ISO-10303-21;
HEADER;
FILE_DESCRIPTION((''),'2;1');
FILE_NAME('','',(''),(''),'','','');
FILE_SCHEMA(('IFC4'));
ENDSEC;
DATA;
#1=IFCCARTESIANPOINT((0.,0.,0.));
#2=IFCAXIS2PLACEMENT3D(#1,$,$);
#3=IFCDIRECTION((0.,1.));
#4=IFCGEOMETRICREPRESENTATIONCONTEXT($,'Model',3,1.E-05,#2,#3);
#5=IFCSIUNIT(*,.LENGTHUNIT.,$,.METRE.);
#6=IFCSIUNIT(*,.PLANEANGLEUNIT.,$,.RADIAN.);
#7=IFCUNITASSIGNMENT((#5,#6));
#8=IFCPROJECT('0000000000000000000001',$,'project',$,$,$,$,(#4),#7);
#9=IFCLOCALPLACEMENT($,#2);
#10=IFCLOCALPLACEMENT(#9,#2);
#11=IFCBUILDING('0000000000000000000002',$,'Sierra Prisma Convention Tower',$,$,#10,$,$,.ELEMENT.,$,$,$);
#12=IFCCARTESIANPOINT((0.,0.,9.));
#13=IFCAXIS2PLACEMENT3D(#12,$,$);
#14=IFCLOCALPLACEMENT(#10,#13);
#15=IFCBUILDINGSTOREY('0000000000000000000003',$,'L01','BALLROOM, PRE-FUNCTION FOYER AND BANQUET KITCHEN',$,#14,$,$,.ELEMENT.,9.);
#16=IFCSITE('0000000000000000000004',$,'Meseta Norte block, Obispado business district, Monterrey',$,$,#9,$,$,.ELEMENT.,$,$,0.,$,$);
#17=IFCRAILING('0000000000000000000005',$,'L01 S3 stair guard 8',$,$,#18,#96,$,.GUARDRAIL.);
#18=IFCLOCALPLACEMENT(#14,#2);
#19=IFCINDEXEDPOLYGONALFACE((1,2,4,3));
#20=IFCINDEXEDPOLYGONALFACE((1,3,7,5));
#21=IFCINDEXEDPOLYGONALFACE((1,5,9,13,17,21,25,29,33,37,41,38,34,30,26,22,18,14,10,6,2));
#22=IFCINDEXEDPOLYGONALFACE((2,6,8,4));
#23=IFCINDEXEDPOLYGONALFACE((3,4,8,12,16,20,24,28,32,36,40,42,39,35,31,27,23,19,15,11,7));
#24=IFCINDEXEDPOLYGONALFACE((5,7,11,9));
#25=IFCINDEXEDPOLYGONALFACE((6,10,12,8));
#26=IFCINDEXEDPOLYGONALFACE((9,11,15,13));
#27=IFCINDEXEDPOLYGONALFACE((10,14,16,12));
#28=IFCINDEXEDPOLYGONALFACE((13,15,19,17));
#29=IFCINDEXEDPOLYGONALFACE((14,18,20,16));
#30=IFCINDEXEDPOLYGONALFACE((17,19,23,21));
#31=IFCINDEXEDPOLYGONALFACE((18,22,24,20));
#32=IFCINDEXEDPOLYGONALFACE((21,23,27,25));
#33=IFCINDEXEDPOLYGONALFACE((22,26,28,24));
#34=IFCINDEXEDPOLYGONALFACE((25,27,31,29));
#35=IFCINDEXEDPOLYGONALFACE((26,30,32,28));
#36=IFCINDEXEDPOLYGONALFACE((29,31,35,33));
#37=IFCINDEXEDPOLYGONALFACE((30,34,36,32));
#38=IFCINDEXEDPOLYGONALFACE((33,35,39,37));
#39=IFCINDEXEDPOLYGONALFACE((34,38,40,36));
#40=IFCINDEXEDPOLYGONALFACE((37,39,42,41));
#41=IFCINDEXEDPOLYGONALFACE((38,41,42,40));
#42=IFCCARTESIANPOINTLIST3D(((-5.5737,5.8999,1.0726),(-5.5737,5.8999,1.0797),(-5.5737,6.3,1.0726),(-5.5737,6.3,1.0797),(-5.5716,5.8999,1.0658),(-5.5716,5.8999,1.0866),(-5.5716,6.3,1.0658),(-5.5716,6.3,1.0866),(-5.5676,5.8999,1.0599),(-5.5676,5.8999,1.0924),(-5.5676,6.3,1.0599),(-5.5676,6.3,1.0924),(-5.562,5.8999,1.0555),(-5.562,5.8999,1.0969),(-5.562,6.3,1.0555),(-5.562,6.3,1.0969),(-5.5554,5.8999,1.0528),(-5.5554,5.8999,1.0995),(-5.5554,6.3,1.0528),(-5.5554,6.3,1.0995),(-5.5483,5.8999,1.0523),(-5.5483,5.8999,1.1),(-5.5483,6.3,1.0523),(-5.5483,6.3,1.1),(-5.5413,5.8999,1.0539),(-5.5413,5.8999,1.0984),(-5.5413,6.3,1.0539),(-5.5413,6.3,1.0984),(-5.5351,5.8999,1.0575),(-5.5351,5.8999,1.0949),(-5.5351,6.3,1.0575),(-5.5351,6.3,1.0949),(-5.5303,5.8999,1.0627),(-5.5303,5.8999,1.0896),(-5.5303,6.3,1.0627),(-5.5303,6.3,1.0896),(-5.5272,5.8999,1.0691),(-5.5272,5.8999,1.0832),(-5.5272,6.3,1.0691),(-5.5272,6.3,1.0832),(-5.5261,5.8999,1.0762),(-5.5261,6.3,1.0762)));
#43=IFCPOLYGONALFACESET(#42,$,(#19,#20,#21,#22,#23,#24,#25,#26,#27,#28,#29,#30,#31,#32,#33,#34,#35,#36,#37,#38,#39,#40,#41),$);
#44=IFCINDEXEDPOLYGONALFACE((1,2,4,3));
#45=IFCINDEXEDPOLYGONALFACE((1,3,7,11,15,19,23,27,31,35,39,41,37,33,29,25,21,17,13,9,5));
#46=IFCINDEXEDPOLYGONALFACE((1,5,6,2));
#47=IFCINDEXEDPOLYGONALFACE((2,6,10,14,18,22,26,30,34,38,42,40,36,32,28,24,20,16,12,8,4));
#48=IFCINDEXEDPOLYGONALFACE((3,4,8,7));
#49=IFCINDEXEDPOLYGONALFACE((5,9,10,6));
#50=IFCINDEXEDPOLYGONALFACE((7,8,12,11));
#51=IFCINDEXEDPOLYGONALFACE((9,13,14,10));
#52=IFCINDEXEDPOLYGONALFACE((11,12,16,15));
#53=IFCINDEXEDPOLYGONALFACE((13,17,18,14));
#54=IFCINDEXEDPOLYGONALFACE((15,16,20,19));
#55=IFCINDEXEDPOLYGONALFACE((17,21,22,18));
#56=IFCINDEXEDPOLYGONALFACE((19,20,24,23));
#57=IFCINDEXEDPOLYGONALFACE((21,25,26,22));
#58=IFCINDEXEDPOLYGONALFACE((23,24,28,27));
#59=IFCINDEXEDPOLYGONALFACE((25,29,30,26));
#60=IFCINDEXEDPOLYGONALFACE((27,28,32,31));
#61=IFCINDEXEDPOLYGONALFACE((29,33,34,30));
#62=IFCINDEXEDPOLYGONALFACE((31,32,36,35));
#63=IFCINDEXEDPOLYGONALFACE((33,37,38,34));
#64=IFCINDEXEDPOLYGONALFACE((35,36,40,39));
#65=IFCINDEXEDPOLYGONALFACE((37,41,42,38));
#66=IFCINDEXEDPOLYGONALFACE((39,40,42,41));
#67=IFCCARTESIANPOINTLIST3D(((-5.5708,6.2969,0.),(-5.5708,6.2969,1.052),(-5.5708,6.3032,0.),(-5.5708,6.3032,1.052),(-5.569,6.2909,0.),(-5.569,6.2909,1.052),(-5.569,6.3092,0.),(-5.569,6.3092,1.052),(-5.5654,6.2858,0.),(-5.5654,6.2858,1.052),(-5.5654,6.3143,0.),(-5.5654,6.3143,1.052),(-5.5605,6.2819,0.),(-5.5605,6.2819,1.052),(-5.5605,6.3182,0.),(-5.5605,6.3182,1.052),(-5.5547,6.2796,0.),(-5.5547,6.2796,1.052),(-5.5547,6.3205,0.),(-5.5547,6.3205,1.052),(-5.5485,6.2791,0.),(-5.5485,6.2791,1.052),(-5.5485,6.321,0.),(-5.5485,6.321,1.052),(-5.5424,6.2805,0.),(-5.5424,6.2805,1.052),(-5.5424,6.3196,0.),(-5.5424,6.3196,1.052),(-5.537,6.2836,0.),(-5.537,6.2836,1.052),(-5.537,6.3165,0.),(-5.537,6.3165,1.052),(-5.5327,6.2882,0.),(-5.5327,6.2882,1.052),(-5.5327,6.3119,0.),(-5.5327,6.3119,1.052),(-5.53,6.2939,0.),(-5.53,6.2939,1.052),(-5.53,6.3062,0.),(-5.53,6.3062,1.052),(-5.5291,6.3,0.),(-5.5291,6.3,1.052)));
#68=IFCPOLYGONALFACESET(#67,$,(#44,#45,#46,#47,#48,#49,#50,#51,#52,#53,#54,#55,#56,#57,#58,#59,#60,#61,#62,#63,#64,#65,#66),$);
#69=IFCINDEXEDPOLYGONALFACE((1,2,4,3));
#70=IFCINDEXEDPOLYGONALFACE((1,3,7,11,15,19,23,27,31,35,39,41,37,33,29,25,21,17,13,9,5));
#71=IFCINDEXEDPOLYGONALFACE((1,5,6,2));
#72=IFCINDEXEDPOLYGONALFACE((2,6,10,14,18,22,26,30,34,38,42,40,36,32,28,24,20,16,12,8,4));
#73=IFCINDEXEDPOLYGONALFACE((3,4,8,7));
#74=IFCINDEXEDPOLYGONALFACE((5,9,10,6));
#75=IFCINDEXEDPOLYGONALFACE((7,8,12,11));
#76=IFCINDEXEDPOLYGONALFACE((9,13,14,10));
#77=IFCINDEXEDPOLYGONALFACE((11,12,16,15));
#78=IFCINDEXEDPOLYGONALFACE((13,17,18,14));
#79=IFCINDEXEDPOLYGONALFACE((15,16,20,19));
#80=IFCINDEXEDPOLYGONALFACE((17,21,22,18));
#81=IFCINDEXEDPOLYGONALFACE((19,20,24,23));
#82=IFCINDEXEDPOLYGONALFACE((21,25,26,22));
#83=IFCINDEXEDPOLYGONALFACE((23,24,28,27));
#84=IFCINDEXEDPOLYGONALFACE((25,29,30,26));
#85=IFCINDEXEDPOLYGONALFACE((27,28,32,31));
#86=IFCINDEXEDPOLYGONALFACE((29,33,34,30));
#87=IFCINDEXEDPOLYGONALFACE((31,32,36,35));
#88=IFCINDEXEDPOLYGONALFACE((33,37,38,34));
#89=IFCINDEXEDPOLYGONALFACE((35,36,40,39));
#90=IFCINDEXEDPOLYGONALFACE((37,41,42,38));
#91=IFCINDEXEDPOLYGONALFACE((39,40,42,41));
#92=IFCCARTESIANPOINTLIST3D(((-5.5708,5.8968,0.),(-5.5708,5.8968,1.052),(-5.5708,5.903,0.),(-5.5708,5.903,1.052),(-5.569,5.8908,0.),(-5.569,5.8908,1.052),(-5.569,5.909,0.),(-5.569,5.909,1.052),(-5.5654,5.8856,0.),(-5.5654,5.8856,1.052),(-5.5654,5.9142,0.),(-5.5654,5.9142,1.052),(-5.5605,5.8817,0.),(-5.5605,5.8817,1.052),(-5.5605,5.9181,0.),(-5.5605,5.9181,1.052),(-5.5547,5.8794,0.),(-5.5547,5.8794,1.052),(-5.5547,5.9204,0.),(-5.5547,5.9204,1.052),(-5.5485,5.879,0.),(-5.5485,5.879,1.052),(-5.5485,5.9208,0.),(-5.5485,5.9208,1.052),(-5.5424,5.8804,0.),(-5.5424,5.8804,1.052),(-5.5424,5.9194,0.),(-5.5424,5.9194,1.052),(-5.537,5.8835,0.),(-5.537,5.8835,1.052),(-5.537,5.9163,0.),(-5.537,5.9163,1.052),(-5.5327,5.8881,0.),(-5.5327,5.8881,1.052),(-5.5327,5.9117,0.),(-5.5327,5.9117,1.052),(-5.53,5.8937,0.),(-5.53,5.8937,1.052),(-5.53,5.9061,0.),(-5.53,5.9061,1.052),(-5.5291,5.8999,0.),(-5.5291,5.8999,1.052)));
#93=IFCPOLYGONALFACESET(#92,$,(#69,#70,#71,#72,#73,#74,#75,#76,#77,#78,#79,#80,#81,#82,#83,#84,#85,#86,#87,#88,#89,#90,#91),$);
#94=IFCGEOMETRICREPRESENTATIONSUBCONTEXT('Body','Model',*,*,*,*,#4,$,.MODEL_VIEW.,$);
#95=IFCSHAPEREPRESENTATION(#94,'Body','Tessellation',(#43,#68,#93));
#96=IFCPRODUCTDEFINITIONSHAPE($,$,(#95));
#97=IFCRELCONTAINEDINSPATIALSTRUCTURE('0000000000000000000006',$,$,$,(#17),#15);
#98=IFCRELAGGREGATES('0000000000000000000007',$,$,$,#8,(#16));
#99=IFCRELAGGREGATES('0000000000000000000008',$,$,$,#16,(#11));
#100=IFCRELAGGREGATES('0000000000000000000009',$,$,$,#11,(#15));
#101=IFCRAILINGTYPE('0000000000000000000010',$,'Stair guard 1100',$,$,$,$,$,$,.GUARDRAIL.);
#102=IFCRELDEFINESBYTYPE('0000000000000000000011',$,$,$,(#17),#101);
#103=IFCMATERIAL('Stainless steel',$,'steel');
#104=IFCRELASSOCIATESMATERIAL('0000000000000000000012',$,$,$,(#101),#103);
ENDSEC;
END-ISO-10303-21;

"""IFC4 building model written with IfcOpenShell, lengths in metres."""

from ifc_helpers import new_model, si_unit, direction, frame, origin, origin_2d, place, context, subcontext, project, spatial, circle, extrude, material, type_object, element, save


model = new_model("IFC4")

# Units and contexts
model_context = context("Model", 3, precision=1e-05, world=origin(), true_north=direction((0.0, 1.0)))
body_context = subcontext(model_context, "Body", "Model", "MODEL_VIEW")
ifc_project = project(units=[si_unit("LENGTHUNIT", "METRE"), si_unit("PLANEANGLEUNIT", "RADIAN")], contexts=[model_context])

# Site, building, storey
site_placement = place(None, origin())
site = spatial("IfcSite", under=ifc_project, at=site_placement, Name="Meseta Norte block, Obispado business district, Monterrey", CompositionType="ELEMENT", RefElevation=0.0)
building_placement = place(site_placement, origin())
building = spatial("IfcBuilding", under=site, at=building_placement, Name="Sierra Prisma Convention Tower", CompositionType="ELEMENT")
storey_placement = place(building_placement, frame((0.0, 0.0, 9.0)))
storey = spatial("IfcBuildingStorey", under=building, at=storey_placement, Name="L01", Description="BALLROOM, PRE-FUNCTION FOYER AND BANQUET KITCHEN", CompositionType="ELEMENT", Elevation=9.0)

# Railing
ifc_material_1 = material(Name="Stainless steel", Category="steel")
railing_type_1 = type_object("IfcRailingType", Name="Stair guard 1100", PredefinedType="GUARDRAIL", material=ifc_material_1)
railing_1_placement = place(storey_placement, frame((-5.55, 6.3, 0.0)))
element("IfcRailing", 1, at=railing_1_placement, inside=storey, type_object=railing_type_1, Name="L01 S3 stair guard 8", PredefinedType="GUARDRAIL", context=body_context, shape_type="SweptSolid", body=[
    extrude(circle(Radius=0.0239, at=origin_2d()), frame((0.0, 0.0, 1.0762), z_axis=(0.0, -1.0, 0.0), x_axis=(1.0, 0.0, 0.0)), (0.0, 0.0, 1.0), 0.4001),
    extrude(circle(Radius=0.021, at=origin_2d()), origin(), (0.0, 0.0, 1.0), 1.052),
    extrude(circle(Radius=0.021, at=origin_2d()), frame((0.0, -0.4001, 0.0)), (0.0, 0.0, 1.0), 1.052),
])

save(model, "model.ifc")
